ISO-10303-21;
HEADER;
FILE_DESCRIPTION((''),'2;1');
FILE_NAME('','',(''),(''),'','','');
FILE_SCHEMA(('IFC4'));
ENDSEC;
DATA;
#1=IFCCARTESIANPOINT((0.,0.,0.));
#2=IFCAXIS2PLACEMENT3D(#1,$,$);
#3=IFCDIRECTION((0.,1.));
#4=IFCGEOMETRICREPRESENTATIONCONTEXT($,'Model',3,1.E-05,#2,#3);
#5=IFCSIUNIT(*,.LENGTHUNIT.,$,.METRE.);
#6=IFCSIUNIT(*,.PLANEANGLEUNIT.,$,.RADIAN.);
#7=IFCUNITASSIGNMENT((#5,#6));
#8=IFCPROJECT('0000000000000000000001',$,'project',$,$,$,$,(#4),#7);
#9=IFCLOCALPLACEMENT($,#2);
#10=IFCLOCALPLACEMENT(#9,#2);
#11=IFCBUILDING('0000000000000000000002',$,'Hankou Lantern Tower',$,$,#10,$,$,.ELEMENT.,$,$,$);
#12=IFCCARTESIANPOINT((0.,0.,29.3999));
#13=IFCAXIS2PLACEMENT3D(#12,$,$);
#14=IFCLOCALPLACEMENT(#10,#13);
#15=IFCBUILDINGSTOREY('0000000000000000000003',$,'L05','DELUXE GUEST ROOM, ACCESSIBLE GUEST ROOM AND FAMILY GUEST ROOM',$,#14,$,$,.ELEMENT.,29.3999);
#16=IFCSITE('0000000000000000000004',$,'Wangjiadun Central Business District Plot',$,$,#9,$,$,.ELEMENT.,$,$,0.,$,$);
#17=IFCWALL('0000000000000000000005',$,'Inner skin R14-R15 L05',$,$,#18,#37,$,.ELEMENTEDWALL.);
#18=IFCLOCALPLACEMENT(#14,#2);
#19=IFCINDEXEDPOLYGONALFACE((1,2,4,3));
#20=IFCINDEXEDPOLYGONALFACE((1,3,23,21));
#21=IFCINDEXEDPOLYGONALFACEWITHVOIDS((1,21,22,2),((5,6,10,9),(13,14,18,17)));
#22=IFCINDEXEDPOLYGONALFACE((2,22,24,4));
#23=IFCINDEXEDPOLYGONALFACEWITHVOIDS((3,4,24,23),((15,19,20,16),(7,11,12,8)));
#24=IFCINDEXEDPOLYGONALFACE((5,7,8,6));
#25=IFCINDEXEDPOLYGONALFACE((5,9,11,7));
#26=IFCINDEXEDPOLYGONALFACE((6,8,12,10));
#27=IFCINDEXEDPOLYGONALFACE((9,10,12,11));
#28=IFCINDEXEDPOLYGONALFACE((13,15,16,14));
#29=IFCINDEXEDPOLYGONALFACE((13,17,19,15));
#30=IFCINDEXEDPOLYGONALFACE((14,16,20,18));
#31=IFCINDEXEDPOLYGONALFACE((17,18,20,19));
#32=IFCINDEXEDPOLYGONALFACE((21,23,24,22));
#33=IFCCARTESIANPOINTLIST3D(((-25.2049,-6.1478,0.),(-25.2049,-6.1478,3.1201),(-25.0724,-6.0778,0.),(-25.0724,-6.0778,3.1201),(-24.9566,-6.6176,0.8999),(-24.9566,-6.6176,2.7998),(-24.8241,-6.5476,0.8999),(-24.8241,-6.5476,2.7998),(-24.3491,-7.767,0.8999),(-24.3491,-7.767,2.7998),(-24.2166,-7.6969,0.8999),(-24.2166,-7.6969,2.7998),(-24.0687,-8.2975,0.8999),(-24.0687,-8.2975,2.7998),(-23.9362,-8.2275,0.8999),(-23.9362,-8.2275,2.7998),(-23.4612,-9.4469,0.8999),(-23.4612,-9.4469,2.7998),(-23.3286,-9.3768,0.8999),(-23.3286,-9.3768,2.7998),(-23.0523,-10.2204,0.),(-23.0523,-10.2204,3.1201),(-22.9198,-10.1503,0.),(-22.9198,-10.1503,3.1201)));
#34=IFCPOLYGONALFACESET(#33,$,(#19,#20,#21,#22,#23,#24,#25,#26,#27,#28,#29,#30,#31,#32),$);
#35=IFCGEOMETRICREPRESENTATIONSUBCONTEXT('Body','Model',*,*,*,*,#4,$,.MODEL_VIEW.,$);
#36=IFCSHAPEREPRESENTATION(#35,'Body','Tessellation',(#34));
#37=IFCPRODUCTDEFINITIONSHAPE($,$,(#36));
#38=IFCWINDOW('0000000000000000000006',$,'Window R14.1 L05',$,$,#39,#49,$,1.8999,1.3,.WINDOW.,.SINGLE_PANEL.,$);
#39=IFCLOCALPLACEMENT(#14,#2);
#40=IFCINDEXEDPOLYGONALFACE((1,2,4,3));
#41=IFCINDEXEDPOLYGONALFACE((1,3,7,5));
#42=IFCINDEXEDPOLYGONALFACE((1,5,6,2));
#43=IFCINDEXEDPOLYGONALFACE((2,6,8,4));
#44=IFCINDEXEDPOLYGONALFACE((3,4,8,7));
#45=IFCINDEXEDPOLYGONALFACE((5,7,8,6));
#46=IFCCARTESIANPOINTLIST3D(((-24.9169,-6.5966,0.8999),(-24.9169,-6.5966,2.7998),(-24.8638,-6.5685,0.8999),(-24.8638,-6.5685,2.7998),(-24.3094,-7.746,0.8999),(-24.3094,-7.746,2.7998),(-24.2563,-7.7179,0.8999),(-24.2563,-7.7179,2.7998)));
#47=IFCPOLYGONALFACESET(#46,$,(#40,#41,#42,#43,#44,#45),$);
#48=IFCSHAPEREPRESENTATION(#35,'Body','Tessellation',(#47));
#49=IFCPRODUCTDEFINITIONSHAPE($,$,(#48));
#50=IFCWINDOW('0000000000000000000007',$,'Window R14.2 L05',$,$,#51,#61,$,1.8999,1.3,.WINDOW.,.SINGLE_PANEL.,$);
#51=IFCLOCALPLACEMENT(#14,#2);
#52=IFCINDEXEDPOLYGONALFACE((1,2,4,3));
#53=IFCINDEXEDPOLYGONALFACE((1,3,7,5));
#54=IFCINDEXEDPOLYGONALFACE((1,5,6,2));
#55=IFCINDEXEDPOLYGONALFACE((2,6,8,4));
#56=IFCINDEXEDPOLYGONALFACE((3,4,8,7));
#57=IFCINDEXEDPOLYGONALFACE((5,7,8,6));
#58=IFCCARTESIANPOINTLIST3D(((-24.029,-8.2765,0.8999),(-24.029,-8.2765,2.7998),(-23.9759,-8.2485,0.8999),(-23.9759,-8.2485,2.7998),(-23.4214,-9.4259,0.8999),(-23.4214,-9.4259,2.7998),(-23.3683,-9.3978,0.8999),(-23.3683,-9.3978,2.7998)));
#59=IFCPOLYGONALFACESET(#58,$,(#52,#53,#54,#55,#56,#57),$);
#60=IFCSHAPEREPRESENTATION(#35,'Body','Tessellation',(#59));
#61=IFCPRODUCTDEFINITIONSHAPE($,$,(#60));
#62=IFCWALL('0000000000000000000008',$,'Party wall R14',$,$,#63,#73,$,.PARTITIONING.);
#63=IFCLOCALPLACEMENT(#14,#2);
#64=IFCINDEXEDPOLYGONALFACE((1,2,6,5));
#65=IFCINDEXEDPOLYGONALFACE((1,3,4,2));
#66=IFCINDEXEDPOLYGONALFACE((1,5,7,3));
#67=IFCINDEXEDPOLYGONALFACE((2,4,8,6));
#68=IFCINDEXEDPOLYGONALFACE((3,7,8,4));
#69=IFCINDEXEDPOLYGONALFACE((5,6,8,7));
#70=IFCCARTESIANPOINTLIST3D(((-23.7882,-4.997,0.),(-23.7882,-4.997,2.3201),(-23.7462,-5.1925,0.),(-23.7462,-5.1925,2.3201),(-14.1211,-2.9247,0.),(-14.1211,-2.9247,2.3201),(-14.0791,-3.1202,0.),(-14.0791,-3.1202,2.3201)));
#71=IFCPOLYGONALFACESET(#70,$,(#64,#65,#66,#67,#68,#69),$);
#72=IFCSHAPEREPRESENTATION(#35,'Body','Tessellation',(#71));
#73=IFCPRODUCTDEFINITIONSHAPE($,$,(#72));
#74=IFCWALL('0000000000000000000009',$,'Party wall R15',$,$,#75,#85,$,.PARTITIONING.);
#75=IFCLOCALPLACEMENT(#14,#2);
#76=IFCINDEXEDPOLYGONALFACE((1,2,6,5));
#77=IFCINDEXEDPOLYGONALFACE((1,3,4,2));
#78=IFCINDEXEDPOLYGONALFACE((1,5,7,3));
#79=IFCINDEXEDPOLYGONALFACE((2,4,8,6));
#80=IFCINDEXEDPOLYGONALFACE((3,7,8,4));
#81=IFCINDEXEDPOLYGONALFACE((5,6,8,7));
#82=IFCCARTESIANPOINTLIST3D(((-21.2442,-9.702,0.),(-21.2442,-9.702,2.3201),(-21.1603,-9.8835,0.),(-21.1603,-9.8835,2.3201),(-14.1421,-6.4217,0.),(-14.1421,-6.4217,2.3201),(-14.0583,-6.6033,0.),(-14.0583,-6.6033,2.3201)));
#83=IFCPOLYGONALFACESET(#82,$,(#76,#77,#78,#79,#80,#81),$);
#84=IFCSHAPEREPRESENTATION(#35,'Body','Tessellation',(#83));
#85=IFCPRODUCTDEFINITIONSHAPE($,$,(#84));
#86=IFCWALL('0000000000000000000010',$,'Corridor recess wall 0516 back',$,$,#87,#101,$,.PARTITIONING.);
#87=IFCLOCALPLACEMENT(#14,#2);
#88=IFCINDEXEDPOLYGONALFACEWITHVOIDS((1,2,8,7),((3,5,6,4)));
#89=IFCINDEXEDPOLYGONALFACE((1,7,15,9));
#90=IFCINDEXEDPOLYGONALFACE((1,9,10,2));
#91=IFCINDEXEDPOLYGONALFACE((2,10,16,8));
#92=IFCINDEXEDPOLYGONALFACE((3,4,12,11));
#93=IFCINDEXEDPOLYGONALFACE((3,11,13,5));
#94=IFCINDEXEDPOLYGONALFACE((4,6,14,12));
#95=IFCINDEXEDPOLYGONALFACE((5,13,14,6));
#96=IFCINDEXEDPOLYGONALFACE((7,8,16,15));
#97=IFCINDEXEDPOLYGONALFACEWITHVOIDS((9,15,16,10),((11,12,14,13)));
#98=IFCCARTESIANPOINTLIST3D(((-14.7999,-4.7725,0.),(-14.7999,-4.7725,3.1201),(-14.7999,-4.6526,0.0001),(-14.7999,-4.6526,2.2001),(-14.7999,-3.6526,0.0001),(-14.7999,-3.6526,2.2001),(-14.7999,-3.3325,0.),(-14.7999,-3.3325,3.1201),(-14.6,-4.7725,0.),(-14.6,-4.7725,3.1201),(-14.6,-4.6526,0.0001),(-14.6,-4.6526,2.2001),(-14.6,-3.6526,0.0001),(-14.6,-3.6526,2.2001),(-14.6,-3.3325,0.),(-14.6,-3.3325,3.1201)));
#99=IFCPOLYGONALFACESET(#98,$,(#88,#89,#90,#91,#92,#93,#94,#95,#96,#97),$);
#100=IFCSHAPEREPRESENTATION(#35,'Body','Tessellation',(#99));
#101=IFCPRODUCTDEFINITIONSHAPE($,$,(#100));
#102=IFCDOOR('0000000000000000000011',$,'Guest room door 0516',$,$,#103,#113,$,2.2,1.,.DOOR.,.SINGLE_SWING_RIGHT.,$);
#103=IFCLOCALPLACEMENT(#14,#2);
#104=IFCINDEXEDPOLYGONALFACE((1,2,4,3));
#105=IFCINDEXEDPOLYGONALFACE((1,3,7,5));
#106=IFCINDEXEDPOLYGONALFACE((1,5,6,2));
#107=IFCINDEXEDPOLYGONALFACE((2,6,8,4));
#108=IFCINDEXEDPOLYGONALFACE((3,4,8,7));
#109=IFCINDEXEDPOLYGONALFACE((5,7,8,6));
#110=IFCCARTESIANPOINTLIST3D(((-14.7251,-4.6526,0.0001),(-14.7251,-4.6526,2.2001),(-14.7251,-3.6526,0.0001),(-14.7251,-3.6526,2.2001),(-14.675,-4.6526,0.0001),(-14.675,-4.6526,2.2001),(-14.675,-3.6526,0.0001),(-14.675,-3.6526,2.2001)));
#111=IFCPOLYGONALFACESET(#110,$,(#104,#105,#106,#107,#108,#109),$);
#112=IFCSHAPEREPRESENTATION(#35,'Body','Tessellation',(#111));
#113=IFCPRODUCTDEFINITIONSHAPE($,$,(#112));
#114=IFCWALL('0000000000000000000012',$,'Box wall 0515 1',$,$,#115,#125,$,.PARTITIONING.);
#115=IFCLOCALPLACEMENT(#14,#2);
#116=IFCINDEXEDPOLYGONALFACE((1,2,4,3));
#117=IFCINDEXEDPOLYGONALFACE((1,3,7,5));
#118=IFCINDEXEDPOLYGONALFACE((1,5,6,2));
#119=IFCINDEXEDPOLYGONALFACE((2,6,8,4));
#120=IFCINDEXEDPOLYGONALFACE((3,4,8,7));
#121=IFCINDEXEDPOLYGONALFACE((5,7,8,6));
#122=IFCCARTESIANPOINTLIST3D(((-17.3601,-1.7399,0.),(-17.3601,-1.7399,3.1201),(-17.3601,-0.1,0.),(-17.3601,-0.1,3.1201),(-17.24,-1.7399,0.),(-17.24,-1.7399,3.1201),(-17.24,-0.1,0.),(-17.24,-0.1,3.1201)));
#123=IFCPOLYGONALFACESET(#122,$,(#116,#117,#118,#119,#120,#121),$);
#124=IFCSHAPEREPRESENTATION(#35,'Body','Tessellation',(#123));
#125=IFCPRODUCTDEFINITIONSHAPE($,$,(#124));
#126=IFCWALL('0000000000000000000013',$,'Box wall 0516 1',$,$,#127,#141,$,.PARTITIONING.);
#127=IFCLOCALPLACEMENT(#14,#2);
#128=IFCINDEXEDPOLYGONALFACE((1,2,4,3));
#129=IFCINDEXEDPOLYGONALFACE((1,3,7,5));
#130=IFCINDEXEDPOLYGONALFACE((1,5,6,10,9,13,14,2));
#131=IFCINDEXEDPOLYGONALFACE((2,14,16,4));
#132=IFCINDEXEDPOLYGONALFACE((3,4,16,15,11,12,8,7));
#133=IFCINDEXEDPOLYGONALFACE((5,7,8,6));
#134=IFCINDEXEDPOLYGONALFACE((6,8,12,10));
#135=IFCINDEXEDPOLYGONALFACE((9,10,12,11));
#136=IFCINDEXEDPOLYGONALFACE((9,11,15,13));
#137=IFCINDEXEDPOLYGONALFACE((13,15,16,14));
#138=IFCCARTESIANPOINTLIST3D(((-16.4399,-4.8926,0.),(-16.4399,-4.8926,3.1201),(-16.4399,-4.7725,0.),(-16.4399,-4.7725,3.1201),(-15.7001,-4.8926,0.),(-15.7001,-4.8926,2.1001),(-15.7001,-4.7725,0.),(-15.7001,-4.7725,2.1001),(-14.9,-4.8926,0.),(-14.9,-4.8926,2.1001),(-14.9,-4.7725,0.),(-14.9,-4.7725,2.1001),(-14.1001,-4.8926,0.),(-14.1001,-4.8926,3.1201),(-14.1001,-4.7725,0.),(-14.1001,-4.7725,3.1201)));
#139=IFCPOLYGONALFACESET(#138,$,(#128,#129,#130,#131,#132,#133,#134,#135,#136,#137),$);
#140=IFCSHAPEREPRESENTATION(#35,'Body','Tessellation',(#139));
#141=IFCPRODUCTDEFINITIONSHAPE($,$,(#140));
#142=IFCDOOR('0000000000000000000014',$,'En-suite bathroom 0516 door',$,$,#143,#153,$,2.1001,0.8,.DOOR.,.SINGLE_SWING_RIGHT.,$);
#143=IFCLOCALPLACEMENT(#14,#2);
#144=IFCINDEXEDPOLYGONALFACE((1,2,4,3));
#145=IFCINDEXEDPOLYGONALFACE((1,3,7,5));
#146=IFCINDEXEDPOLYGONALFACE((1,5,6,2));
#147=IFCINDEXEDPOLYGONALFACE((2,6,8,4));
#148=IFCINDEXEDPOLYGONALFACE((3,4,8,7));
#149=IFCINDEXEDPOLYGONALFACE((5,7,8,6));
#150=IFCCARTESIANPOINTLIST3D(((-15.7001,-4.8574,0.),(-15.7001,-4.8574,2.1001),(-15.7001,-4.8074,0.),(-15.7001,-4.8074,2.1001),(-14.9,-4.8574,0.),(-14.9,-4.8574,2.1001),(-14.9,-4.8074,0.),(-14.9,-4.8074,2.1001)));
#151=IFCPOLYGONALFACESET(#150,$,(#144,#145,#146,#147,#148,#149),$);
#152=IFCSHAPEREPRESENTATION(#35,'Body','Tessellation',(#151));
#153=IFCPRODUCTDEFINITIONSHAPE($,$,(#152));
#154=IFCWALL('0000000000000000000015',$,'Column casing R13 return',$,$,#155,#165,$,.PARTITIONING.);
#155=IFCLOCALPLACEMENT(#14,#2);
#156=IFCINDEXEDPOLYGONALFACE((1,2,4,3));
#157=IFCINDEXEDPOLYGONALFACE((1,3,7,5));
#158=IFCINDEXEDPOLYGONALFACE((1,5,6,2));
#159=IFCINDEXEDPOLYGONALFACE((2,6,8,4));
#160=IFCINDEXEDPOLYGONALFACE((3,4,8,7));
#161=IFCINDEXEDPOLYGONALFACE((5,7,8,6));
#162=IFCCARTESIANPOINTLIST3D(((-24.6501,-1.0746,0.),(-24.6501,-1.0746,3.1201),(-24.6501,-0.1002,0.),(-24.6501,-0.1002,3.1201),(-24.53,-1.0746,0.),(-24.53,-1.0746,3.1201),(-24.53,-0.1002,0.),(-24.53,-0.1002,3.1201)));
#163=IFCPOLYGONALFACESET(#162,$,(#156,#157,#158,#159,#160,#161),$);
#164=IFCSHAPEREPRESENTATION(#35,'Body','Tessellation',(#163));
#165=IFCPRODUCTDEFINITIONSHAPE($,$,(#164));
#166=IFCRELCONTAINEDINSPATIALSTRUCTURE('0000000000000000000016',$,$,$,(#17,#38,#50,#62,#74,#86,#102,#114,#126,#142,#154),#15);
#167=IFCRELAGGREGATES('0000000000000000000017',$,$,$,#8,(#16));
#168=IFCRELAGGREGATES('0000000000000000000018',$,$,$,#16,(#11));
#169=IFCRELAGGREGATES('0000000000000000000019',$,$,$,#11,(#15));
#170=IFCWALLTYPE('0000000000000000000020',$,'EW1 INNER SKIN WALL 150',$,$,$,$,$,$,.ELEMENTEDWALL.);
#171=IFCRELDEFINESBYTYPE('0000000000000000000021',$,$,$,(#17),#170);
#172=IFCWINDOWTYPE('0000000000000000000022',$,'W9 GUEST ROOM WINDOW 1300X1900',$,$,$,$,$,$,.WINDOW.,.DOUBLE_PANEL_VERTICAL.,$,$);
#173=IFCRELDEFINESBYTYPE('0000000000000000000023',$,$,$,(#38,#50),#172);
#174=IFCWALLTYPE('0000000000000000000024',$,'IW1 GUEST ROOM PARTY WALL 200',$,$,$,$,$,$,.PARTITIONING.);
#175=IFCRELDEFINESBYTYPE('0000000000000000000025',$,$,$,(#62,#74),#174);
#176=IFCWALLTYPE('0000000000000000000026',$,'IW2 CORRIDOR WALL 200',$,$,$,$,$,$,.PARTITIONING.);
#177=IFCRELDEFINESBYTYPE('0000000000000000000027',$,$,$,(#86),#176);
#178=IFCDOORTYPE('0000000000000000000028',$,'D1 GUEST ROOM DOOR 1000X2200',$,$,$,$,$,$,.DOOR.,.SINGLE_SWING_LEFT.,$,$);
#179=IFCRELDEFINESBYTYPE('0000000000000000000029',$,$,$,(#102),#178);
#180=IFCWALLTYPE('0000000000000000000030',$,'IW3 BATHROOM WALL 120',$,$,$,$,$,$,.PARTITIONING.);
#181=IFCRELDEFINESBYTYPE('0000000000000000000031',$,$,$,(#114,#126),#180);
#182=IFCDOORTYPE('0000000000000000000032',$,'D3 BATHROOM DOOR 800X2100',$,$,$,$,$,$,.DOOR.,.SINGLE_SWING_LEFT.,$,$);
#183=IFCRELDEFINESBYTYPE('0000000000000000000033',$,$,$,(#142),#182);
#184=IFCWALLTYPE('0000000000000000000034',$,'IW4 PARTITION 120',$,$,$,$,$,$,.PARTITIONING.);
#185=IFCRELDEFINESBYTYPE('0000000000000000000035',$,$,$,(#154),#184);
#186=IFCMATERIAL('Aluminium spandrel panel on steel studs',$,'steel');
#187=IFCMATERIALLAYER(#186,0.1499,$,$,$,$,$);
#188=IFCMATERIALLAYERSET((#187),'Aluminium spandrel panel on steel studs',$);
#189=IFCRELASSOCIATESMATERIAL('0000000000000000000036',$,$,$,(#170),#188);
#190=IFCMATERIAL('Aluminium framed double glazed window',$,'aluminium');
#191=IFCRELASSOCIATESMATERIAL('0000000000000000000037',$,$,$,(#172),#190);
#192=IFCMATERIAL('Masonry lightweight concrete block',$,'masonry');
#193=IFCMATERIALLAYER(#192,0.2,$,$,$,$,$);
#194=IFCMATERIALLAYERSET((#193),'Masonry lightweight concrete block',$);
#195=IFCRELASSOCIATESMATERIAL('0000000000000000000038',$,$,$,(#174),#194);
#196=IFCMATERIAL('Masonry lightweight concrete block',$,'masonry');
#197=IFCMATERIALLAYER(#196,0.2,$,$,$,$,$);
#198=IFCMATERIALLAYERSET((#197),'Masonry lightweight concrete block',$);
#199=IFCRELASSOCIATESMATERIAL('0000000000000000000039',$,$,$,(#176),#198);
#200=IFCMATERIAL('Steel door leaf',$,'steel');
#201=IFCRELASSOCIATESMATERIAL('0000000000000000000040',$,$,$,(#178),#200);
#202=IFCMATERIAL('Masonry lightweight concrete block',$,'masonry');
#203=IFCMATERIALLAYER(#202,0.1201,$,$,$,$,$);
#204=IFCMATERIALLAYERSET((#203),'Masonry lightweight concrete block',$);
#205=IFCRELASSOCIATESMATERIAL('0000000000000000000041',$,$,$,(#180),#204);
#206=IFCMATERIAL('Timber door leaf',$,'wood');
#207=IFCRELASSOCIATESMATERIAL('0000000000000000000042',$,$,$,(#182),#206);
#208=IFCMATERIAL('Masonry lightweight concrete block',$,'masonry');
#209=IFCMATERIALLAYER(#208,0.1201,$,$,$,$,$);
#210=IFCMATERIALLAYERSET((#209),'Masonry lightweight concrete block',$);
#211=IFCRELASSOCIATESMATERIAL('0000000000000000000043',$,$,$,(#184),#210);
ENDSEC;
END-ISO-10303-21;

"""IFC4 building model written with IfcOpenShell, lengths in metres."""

from ifc_helpers import new_model, si_unit, direction, frame, frame_2d, origin, place, context, subcontext, project, spatial, rectangle, extrude, material, layer, layer_set, type_object, element, fill, save


model = new_model("IFC4")

# Units and contexts
model_context = context("Model", 3, precision=1e-05, world=origin(), true_north=direction((0.0, 1.0)))
body_context = subcontext(model_context, "Body", "Model", "MODEL_VIEW")
ifc_project = project(units=[si_unit("LENGTHUNIT", "METRE"), si_unit("PLANEANGLEUNIT", "RADIAN")], contexts=[model_context])

# Site, building, storey
site_placement = place(None, origin())
site = spatial("IfcSite", under=ifc_project, at=site_placement, Name="Wangjiadun Central Business District Plot", CompositionType="ELEMENT", RefElevation=0.0)
building_placement = place(site_placement, origin())
building = spatial("IfcBuilding", under=site, at=building_placement, Name="Hankou Lantern Tower", CompositionType="ELEMENT")
storey_placement = place(building_placement, frame((0.0, 0.0, 29.3999)))
storey = spatial("IfcBuildingStorey", under=building, at=storey_placement, Name="L05", Description="DELUXE GUEST ROOM, ACCESSIBLE GUEST ROOM AND FAMILY GUEST ROOM", CompositionType="ELEMENT", Elevation=29.3999)

# Wall, openings, windows
ifc_material_1 = material(Name="Aluminium spandrel panel on steel studs", Category="steel")
ifc_layer_1 = layer(ifc_material_1, 0.1499)
ifc_layer_set_1 = layer_set([ifc_layer_1], Name="Aluminium spandrel panel on steel studs")
wall_type_1 = type_object("IfcWallType", Name="EW1 INNER SKIN WALL 150", PredefinedType="ELEMENTEDWALL", material=ifc_layer_set_1)
ifc_material_2 = material(Name="Aluminium framed double glazed window", Category="aluminium")
window_type = type_object("IfcWindowType", Name="W9 GUEST ROOM WINDOW 1300X1900", PartitioningType="DOUBLE_PANEL_VERTICAL", PredefinedType="WINDOW", material=ifc_material_2)
wall_1_placement = place(storey_placement, frame((-25.1387, -6.1128, 0.0), z_axis=(0.0, 0.0, 1.0), x_axis=(0.467303, -0.884097, 0.0)))
wall_1 = element("IfcWall", 1, at=wall_1_placement, inside=storey, type_object=wall_type_1, Name="Inner skin R14-R15 L05", PredefinedType="ELEMENTEDWALL", context=body_context, shape_type="SweptSolid", body=[
    extrude(rectangle(XDim=4.6064, YDim=0.1499, at=frame_2d((2.3032, 0.0))), origin(), (0.0, 0.0, 1.0), 3.1201),
])
opening_1_placement = place(wall_1_placement, frame((0.5315, 0.0, 0.8999)))
opening_1 = element("IfcOpeningElement", 2, at=opening_1_placement, cuts=wall_1, PredefinedType="OPENING", context=body_context, shape_type="SweptSolid", body=[
    extrude(rectangle(XDim=1.3, YDim=1.8999, at=frame_2d((0.6499, 0.95))), frame((0.0, 0.085, 0.0), z_axis=(0.0, -1.0, 0.0), x_axis=(1.0, 0.0, 0.0)), (0.0, 0.0, 1.0), 0.1699),
])
opening_2_placement = place(wall_1_placement, frame((2.4316, 0.0, 0.8999)))
opening_2 = element("IfcOpeningElement", 3, at=opening_2_placement, cuts=wall_1, PredefinedType="OPENING", context=body_context, shape_type="SweptSolid", body=[
    extrude(rectangle(XDim=1.3, YDim=1.8999, at=frame_2d((0.6499, 0.95))), frame((0.0, 0.085, 0.0), z_axis=(0.0, -1.0, 0.0), x_axis=(1.0, 0.0, 0.0)), (0.0, 0.0, 1.0), 0.1699),
])
window_1_placement = place(opening_1_placement, origin())
window_1 = element("IfcWindow", 4, at=window_1_placement, inside=storey, type_object=window_type, Name="Window R14.1 L05", OverallHeight=1.8999, OverallWidth=1.3, PartitioningType="SINGLE_PANEL", PredefinedType="WINDOW", context=body_context, shape_type="SweptSolid", body=[
    extrude(rectangle(XDim=1.3, YDim=1.8999, at=frame_2d((0.6499, 0.95))), frame((0.0, 0.03, 0.0), z_axis=(0.0, -1.0, 0.0), x_axis=(1.0, 0.0, 0.0)), (0.0, 0.0, 1.0), 0.0601),
])
fill(opening_1, window_1)
window_2_placement = place(opening_2_placement, origin())
window_2 = element("IfcWindow", 5, at=window_2_placement, inside=storey, type_object=window_type, Name="Window R14.2 L05", OverallHeight=1.8999, OverallWidth=1.3, PartitioningType="SINGLE_PANEL", PredefinedType="WINDOW", context=body_context, shape_type="SweptSolid", body=[
    extrude(rectangle(XDim=1.3, YDim=1.8999, at=frame_2d((0.6499, 0.95))), frame((0.0, 0.03, 0.0), z_axis=(0.0, -1.0, 0.0), x_axis=(1.0, 0.0, 0.0)), (0.0, 0.0, 1.0), 0.0601),
])
fill(opening_2, window_2)

# Walls
ifc_material_3 = material(Name="Masonry lightweight concrete block", Category="masonry")
ifc_layer_2 = layer(ifc_material_3, 0.2)
ifc_layer_set_2 = layer_set([ifc_layer_2], Name="Masonry lightweight concrete block")
wall_type_2 = type_object("IfcWallType", Name="IW1 GUEST ROOM PARTY WALL 200", PredefinedType="PARTITIONING", material=ifc_layer_set_2)
wall_2_placement = place(storey_placement, frame((-14.1001, -3.0225, 0.0), z_axis=(0.0, 0.0, 1.0), x_axis=(-0.977787, -0.209603, 0.0)))
element("IfcWall", 6, at=wall_2_placement, inside=storey, type_object=wall_type_2, Name="Party wall R14", PredefinedType="PARTITIONING", context=body_context, shape_type="SweptSolid", body=[
    extrude(rectangle(XDim=9.8867, YDim=0.2, at=frame_2d((4.9434, 0.0))), origin(), (0.0, 0.0, 1.0), 2.3201),
])
wall_3_placement = place(storey_placement, frame((-14.1001, -6.5125, 0.0), z_axis=(0.0, 0.0, 1.0), x_axis=(-0.907842, -0.419311, 0.0)))
element("IfcWall", 7, at=wall_3_placement, inside=storey, type_object=wall_type_2, Name="Party wall R15", PredefinedType="PARTITIONING", context=body_context, shape_type="SweptSolid", body=[
    extrude(rectangle(XDim=7.823, YDim=0.2, at=frame_2d((3.9116, 0.0))), origin(), (0.0, 0.0, 1.0), 2.3201),
])

# Wall, opening, door
ifc_material_4 = material(Name="Masonry lightweight concrete block", Category="masonry")
ifc_layer_3 = layer(ifc_material_4, 0.2)
ifc_layer_set_3 = layer_set([ifc_layer_3], Name="Masonry lightweight concrete block")
wall_type_3 = type_object("IfcWallType", Name="IW2 CORRIDOR WALL 200", PredefinedType="PARTITIONING", material=ifc_layer_set_3)
wall_4_placement = place(storey_placement, frame((-14.7, -3.3325, 0.0), z_axis=(0.0, 0.0, 1.0), x_axis=(0.0, -1.0, 0.0)))
wall_4 = element("IfcWall", 8, at=wall_4_placement, inside=storey, type_object=wall_type_3, Name="Corridor recess wall 0516 back", PredefinedType="PARTITIONING", context=body_context, shape_type="SweptSolid", body=[
    extrude(rectangle(XDim=1.4399, YDim=0.2, at=frame_2d((0.72, 0.0))), origin(), (0.0, 0.0, 1.0), 3.1201),
])
opening_3_placement = place(wall_4_placement, frame((0.3201, 0.0, 0.0)))
opening_3 = element("IfcOpeningElement", 9, at=opening_3_placement, cuts=wall_4, PredefinedType="OPENING", context=body_context, shape_type="SweptSolid", body=[
    extrude(rectangle(XDim=1.0, YDim=2.2, at=frame_2d((0.5, 1.1001))), frame((0.0, 0.1099, 0.0), z_axis=(0.0, -1.0, 0.0), x_axis=(1.0, 0.0, 0.0)), (0.0, 0.0, 1.0), 0.22),
])
ifc_material_5 = material(Name="Steel door leaf", Category="steel")
door_type_1 = type_object("IfcDoorType", Name="D1 GUEST ROOM DOOR 1000X2200", OperationType="SINGLE_SWING_LEFT", PredefinedType="DOOR", material=ifc_material_5)
door_1_placement = place(opening_3_placement, origin())
door_1 = element("IfcDoor", 10, at=door_1_placement, inside=storey, type_object=door_type_1, Name="Guest room door 0516", OperationType="SINGLE_SWING_RIGHT", OverallHeight=2.2, OverallWidth=1.0, PredefinedType="DOOR", context=body_context, shape_type="SweptSolid", body=[
    extrude(rectangle(XDim=1.0, YDim=2.2, at=frame_2d((0.5, 1.1001))), frame((0.0, 0.0249, 0.0), z_axis=(0.0, -1.0, 0.0), x_axis=(1.0, 0.0, 0.0)), (0.0, 0.0, 1.0), 0.05),
])
fill(opening_3, door_1)

# Wall
ifc_material_6 = material(Name="Masonry lightweight concrete block", Category="masonry")
ifc_layer_4 = layer(ifc_material_6, 0.1201)
ifc_layer_set_4 = layer_set([ifc_layer_4], Name="Masonry lightweight concrete block")
wall_type_4 = type_object("IfcWallType", Name="IW3 BATHROOM WALL 120", PredefinedType="PARTITIONING", material=ifc_layer_set_4)
wall_5_placement = place(storey_placement, frame((-17.3, -0.1001, 0.0), z_axis=(0.0, 0.0, 1.0), x_axis=(0.0, -1.0, 0.0)))
element("IfcWall", 11, at=wall_5_placement, inside=storey, type_object=wall_type_4, Name="Box wall 0515 1", PredefinedType="PARTITIONING", context=body_context, shape_type="SweptSolid", body=[
    extrude(rectangle(XDim=1.6399, YDim=0.1201, at=frame_2d((0.8198, 0.0))), origin(), (0.0, 0.0, 1.0), 3.1201),
])

# Wall, opening, door
wall_6_placement = place(storey_placement, frame((-14.1001, -4.8325, 0.0), z_axis=(0.0, 0.0, 1.0), x_axis=(-1.0, 0.0, 0.0)))
wall_6 = element("IfcWall", 12, at=wall_6_placement, inside=storey, type_object=wall_type_4, Name="Box wall 0516 1", PredefinedType="PARTITIONING", context=body_context, shape_type="SweptSolid", body=[
    extrude(rectangle(XDim=2.3398, YDim=0.1201, at=frame_2d((1.1699, 0.0))), origin(), (0.0, 0.0, 1.0), 3.1201),
])
opening_4_placement = place(wall_6_placement, frame((0.8, 0.0, 0.0)))
opening_4 = element("IfcOpeningElement", 13, at=opening_4_placement, cuts=wall_6, PredefinedType="OPENING", context=body_context, shape_type="SweptSolid", body=[
    extrude(rectangle(XDim=0.8, YDim=2.1001, at=frame_2d((0.3999, 1.05))), frame((0.0, 0.0701, 0.0), z_axis=(0.0, -1.0, 0.0), x_axis=(1.0, 0.0, 0.0)), (0.0, 0.0, 1.0), 0.1401),
])
ifc_material_7 = material(Name="Timber door leaf", Category="wood")
door_type_2 = type_object("IfcDoorType", Name="D3 BATHROOM DOOR 800X2100", OperationType="SINGLE_SWING_LEFT", PredefinedType="DOOR", material=ifc_material_7)
door_2_placement = place(opening_4_placement, origin())
door_2 = element("IfcDoor", 14, at=door_2_placement, inside=storey, type_object=door_type_2, Name="En-suite bathroom 0516 door", OperationType="SINGLE_SWING_RIGHT", OverallHeight=2.1001, OverallWidth=0.8, PredefinedType="DOOR", context=body_context, shape_type="SweptSolid", body=[
    extrude(rectangle(XDim=0.8, YDim=2.1001, at=frame_2d((0.3999, 1.05))), frame((0.0, 0.0249, 0.0), z_axis=(0.0, -1.0, 0.0), x_axis=(1.0, 0.0, 0.0)), (0.0, 0.0, 1.0), 0.05),
])
fill(opening_4, door_2)

# Wall
ifc_material_8 = material(Name="Masonry lightweight concrete block", Category="masonry")
ifc_layer_5 = layer(ifc_material_8, 0.1201)
ifc_layer_set_5 = layer_set([ifc_layer_5], Name="Masonry lightweight concrete block")
wall_type_5 = type_object("IfcWallType", Name="IW4 PARTITION 120", PredefinedType="PARTITIONING", material=ifc_layer_set_5)
wall_7_placement = place(storey_placement, frame((-24.5901, -0.1001, 0.0), z_axis=(0.0, 0.0, 1.0), x_axis=(0.0, -1.0, 0.0)))
element("IfcWall", 15, at=wall_7_placement, inside=storey, type_object=wall_type_5, Name="Column casing R13 return", PredefinedType="PARTITIONING", context=body_context, shape_type="SweptSolid", body=[
    extrude(rectangle(XDim=0.9744, YDim=0.1201, at=frame_2d((0.4873, 0.0))), origin(), (0.0, 0.0, 1.0), 3.1201),
])

save(model, "model.ifc")
